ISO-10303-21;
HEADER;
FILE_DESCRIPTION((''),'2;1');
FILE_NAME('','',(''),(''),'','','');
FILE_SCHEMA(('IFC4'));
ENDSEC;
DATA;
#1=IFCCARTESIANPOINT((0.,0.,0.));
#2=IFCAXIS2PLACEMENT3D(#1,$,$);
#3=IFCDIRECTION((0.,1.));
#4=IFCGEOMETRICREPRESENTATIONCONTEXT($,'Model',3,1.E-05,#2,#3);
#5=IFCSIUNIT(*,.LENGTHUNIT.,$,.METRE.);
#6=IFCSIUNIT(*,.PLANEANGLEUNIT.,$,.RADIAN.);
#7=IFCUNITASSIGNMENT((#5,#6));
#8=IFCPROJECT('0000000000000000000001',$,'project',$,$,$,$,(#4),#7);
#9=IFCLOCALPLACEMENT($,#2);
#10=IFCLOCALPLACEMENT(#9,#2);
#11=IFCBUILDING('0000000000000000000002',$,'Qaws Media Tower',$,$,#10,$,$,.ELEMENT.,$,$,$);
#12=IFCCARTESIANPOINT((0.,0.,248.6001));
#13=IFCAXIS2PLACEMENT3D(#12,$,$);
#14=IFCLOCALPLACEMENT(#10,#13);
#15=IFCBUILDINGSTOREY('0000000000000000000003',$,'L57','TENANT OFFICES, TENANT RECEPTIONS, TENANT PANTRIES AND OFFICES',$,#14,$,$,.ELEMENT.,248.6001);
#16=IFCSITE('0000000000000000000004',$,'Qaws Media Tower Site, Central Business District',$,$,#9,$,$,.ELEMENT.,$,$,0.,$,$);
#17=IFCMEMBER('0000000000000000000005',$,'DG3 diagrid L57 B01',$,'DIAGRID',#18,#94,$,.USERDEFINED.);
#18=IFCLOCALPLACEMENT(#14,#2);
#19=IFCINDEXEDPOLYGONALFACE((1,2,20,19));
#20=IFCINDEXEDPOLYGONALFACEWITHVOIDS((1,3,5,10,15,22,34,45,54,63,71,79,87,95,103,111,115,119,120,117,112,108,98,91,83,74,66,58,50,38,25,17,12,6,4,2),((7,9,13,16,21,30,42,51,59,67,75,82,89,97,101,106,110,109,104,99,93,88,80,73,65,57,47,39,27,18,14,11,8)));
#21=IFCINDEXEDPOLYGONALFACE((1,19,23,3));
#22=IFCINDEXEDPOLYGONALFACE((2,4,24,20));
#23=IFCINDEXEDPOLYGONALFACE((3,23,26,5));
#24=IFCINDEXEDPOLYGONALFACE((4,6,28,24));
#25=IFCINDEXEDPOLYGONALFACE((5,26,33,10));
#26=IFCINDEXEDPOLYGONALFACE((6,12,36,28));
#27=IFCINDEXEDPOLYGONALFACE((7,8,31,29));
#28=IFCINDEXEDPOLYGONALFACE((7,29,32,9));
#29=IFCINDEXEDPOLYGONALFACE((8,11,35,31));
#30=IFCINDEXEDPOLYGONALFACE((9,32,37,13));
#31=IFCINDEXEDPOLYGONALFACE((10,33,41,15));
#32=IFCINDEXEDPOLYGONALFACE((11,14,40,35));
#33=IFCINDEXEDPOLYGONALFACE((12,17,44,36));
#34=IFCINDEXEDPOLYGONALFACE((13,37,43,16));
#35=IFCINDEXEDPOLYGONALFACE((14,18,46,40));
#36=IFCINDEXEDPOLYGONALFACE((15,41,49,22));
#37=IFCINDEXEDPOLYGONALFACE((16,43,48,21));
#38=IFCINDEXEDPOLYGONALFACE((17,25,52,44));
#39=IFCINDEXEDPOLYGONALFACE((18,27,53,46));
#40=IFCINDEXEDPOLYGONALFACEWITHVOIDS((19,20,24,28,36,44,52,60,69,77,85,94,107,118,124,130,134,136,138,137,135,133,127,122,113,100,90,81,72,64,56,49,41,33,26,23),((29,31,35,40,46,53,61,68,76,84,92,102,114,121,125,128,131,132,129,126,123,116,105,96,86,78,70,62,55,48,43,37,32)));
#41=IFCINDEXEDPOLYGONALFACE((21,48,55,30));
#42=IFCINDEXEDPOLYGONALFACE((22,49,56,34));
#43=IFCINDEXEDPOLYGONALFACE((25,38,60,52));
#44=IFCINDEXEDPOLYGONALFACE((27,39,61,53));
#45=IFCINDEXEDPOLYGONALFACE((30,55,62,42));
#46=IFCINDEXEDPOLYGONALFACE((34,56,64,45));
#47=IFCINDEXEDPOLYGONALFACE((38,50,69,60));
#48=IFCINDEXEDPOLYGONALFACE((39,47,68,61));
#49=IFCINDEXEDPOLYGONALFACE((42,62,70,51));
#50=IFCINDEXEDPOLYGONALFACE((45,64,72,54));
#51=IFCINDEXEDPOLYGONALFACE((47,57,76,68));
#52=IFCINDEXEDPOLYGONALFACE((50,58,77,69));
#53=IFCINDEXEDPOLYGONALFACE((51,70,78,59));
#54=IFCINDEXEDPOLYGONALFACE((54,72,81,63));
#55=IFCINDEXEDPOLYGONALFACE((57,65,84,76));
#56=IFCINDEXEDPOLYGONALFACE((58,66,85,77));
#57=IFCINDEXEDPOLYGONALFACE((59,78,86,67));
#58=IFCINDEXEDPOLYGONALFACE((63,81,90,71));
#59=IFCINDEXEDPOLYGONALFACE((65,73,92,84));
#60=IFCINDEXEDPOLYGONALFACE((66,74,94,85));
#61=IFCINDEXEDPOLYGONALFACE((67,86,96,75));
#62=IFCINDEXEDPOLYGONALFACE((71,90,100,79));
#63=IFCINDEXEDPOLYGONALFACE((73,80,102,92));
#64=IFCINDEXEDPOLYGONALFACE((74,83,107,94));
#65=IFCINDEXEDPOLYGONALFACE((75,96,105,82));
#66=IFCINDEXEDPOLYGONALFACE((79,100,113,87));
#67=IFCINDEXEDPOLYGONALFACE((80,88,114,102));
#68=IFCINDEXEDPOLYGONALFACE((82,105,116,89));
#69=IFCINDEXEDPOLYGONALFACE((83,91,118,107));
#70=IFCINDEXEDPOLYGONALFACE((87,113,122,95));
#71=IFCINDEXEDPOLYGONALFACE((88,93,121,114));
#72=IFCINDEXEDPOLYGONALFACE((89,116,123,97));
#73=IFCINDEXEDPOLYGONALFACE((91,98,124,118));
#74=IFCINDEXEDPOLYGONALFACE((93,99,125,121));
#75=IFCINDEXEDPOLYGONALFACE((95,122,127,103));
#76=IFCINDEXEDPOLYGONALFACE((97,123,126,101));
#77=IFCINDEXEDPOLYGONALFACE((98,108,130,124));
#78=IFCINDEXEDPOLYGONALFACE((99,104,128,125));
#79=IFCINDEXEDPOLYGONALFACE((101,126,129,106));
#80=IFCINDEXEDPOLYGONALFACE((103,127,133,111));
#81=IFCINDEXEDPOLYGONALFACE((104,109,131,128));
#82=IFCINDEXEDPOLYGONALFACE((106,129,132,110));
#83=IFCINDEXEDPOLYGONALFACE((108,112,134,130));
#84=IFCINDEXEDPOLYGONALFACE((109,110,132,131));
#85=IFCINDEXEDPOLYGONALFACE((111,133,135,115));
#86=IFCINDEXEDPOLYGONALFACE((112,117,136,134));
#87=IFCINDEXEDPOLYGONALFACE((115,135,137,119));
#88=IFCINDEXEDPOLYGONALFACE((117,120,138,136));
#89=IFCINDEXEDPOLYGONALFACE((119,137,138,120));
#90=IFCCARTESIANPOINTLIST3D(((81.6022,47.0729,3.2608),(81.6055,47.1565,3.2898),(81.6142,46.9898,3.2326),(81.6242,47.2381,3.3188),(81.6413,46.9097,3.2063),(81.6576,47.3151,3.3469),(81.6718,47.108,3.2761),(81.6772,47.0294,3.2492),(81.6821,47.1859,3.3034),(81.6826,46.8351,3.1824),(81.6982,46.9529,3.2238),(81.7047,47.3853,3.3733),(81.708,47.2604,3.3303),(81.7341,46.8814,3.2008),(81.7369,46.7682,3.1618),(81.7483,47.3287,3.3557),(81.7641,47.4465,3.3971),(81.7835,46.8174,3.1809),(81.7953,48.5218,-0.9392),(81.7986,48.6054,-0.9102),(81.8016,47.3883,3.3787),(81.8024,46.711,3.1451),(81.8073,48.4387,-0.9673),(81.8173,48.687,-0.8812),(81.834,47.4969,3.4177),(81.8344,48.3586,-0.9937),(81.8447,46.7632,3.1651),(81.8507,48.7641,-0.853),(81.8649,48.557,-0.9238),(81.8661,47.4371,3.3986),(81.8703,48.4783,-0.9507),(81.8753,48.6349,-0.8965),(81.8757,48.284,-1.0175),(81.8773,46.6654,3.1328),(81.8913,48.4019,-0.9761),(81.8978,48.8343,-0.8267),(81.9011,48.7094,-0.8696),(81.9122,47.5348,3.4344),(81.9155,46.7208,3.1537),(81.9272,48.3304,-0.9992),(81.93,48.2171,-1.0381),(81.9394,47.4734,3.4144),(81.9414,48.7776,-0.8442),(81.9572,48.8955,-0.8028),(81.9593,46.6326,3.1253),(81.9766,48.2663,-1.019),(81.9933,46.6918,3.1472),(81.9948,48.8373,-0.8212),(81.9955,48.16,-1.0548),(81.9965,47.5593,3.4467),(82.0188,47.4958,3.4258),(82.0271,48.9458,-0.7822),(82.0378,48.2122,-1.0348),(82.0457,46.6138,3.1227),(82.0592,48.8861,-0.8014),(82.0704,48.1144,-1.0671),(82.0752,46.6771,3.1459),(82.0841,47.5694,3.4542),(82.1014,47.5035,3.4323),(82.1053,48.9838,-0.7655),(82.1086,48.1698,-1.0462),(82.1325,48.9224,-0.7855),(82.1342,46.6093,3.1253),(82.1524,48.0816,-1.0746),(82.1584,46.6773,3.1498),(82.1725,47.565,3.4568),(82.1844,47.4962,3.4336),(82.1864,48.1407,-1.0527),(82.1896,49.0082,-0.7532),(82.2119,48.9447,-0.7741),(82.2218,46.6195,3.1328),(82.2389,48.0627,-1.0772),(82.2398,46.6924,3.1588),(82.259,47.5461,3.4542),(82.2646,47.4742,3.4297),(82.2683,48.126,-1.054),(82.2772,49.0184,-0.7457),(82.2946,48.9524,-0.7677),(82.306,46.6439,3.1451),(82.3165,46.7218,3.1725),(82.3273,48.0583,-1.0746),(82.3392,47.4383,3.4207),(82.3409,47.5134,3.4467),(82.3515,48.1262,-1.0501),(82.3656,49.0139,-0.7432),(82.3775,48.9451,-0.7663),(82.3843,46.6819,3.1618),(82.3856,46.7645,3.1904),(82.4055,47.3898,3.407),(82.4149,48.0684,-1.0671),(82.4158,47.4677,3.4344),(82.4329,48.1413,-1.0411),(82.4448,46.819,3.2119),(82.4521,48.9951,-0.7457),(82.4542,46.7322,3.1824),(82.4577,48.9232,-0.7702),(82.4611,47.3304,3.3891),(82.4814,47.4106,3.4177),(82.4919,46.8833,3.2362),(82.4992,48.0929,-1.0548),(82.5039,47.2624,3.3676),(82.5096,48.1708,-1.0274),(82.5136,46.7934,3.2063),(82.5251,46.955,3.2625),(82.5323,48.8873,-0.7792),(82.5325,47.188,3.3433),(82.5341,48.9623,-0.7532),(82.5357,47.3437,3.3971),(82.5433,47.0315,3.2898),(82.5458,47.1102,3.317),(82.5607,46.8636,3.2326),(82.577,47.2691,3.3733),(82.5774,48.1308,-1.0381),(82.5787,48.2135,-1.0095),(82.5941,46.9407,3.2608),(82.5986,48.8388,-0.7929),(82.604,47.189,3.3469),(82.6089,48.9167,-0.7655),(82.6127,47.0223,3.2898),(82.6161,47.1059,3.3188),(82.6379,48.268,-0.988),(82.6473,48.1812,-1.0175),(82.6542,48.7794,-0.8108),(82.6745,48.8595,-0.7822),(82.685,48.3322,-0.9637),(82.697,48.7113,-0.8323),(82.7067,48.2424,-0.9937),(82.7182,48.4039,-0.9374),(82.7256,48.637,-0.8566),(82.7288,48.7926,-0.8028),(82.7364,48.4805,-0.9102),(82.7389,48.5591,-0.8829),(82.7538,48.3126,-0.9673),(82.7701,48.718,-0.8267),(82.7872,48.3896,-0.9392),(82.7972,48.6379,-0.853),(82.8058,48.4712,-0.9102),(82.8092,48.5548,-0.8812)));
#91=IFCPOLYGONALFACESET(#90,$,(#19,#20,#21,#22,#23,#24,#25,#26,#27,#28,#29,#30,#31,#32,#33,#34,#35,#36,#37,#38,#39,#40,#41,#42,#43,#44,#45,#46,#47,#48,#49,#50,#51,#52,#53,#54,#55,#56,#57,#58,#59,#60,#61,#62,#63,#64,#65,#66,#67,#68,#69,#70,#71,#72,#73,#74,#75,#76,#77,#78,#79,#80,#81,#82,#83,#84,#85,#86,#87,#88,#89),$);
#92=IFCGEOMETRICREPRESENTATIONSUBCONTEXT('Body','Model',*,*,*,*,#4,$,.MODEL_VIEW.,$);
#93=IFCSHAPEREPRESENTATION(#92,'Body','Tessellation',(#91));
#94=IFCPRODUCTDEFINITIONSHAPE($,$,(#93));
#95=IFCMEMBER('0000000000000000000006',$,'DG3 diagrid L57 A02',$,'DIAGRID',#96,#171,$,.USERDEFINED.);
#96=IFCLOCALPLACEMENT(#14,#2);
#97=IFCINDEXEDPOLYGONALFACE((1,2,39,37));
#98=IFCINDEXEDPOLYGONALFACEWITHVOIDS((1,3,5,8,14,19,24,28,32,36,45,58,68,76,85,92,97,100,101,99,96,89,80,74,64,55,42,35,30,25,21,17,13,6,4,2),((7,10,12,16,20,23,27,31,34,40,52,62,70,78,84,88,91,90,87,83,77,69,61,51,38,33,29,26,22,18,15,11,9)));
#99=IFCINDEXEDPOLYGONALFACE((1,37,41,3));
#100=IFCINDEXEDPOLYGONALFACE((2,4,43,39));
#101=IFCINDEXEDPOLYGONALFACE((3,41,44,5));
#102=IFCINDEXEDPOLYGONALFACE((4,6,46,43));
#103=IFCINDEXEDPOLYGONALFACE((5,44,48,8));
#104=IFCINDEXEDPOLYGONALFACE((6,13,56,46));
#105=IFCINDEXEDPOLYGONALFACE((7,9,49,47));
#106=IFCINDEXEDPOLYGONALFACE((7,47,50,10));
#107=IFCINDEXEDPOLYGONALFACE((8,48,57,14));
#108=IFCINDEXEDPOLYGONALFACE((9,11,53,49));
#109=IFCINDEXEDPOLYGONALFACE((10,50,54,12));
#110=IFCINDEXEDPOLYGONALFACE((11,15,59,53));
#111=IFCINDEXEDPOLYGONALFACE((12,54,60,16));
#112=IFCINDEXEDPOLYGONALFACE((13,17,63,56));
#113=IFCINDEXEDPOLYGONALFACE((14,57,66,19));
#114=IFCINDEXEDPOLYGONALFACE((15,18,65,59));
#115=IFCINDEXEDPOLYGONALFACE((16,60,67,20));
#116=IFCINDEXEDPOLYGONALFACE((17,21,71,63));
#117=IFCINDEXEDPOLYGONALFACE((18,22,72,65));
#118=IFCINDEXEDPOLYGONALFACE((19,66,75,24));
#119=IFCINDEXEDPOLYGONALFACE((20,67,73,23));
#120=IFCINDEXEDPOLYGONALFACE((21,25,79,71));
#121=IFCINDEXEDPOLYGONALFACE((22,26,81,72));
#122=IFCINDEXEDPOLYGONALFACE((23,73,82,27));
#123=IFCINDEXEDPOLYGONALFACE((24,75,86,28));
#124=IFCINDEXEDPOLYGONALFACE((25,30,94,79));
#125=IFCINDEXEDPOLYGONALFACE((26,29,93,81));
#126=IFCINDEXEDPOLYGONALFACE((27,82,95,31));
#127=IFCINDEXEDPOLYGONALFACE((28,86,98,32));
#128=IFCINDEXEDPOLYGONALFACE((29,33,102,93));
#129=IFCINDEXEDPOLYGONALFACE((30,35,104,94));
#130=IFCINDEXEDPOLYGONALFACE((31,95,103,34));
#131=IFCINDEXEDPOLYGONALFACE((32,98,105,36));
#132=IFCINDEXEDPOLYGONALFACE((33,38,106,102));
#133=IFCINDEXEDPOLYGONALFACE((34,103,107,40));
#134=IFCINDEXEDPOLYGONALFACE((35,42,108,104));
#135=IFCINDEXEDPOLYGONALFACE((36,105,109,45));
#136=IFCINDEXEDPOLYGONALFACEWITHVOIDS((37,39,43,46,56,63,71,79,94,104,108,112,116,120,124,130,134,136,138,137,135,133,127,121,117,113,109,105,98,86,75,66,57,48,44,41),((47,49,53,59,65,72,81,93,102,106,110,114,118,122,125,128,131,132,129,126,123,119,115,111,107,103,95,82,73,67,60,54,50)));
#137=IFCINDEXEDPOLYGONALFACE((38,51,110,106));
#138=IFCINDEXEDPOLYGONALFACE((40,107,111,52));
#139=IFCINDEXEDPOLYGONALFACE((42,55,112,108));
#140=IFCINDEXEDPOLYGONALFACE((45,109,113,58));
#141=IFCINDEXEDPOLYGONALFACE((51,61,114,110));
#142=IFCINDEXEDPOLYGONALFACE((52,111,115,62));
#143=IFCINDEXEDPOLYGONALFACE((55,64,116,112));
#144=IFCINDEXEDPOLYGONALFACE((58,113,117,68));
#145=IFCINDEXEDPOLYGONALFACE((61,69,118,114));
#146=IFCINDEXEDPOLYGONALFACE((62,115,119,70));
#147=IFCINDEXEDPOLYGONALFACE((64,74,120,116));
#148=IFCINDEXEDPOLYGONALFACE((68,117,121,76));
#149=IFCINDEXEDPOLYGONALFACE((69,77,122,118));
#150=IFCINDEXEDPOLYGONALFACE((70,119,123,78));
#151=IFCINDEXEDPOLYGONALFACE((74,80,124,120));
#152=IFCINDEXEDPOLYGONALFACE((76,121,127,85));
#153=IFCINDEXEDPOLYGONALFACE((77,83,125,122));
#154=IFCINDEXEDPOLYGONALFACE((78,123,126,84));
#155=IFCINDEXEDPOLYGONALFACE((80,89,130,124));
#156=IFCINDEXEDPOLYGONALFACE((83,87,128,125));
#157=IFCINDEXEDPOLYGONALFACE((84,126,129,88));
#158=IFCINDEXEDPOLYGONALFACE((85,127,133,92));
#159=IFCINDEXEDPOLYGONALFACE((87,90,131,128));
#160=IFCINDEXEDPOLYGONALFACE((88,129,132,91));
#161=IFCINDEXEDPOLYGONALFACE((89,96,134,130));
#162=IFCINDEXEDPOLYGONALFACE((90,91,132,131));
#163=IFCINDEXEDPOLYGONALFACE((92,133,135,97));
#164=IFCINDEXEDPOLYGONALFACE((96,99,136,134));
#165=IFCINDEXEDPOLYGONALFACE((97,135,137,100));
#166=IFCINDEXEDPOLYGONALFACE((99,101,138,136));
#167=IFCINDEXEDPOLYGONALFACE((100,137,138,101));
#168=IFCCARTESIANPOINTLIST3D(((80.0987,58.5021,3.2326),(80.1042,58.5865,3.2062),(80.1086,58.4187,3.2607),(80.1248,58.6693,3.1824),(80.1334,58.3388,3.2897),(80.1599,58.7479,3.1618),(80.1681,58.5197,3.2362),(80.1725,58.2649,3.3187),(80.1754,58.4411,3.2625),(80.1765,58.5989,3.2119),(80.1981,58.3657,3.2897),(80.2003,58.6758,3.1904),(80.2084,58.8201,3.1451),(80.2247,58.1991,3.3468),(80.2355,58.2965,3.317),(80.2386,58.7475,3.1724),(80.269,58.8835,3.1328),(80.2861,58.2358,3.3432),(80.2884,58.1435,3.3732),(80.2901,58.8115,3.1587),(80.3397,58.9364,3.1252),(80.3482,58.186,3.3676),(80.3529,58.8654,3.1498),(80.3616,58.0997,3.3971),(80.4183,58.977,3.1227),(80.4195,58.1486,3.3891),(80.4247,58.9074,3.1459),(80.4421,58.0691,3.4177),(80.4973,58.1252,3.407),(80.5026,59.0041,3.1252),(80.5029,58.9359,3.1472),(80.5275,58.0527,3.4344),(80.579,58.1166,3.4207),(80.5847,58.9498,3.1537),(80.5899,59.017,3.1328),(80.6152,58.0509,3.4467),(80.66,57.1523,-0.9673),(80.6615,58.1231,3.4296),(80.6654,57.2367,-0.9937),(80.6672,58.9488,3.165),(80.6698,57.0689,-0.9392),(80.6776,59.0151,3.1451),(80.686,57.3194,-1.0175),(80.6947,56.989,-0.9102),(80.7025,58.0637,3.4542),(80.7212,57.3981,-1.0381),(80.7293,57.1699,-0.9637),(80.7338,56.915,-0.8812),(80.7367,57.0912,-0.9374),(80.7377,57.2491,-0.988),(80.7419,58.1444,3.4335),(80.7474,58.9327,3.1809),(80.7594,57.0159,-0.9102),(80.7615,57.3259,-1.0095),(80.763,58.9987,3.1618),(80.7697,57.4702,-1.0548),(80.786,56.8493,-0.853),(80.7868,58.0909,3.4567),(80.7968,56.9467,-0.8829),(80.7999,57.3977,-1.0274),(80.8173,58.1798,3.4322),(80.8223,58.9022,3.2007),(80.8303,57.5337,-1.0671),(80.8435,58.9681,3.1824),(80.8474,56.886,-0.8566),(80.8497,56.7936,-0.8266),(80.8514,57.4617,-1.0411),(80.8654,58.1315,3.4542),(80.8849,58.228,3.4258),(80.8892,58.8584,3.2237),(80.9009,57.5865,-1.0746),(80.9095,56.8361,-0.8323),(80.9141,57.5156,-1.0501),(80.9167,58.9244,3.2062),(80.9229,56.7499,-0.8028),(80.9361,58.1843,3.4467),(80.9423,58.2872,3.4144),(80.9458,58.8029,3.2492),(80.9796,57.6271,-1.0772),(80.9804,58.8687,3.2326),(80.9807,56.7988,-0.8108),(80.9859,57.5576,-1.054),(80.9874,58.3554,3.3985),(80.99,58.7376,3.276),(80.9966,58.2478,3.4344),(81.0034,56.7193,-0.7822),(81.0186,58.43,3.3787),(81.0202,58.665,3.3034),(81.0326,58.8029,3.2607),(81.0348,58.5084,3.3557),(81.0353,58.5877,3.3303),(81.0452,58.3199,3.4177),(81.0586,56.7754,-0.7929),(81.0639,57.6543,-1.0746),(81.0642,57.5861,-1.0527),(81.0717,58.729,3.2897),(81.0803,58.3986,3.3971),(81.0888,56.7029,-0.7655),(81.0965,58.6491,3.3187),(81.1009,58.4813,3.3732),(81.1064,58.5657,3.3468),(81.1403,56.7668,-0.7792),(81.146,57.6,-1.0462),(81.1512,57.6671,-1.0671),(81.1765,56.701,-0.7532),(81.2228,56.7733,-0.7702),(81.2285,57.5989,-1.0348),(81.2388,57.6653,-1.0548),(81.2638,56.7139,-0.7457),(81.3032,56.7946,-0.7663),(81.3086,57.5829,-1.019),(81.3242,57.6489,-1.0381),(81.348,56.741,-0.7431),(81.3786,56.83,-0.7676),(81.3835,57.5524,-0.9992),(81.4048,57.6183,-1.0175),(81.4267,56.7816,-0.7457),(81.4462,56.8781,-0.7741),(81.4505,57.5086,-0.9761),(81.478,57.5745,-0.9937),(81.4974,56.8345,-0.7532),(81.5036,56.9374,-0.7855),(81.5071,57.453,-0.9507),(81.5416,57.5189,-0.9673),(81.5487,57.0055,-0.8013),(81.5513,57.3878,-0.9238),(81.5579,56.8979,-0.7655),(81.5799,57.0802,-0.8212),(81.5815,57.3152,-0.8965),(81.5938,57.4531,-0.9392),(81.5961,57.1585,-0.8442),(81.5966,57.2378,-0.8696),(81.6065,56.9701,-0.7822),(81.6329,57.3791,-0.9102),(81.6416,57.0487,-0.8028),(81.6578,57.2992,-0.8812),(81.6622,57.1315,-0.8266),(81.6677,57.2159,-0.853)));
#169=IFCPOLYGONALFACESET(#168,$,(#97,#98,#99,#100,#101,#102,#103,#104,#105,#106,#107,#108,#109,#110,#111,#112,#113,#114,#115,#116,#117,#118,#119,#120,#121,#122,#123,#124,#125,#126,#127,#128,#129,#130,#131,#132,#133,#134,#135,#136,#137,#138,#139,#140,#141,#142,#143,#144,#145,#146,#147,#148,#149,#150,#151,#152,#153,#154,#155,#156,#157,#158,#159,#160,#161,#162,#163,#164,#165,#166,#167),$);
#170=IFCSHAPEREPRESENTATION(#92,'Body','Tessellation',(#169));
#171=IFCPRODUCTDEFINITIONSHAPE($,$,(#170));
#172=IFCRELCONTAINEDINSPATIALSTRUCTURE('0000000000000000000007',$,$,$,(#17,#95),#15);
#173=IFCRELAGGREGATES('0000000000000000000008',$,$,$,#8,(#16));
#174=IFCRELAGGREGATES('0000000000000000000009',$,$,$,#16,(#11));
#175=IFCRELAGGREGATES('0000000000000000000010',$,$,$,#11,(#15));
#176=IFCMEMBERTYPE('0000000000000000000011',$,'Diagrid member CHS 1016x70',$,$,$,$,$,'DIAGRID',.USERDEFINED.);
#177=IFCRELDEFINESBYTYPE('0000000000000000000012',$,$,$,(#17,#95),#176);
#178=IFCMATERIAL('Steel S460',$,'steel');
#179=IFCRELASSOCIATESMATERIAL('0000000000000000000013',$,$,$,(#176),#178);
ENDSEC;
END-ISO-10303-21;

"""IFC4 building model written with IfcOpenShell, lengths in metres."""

from ifc_helpers import new_model, si_unit, direction, frame, origin, origin_2d, place, context, subcontext, project, spatial, hollow_circle, extrude, material, material_profile, profile_set, type_object, element, save


model = new_model("IFC4")

# Units and contexts
model_context = context("Model", 3, precision=1e-05, world=origin(), true_north=direction((0.0, 1.0)))
body_context = subcontext(model_context, "Body", "Model", "MODEL_VIEW")
ifc_project = project(units=[si_unit("LENGTHUNIT", "METRE"), si_unit("PLANEANGLEUNIT", "RADIAN")], contexts=[model_context])

# Site, building, storey
site_placement = place(None, origin())
site = spatial("IfcSite", under=ifc_project, at=site_placement, Name="Qaws Media Tower Site, Central Business District", CompositionType="ELEMENT", RefElevation=0.0)
building_placement = place(site_placement, origin())
building = spatial("IfcBuilding", under=site, at=building_placement, Name="Qaws Media Tower", CompositionType="ELEMENT")
storey_placement = place(building_placement, frame((0.0, 0.0, 248.6001)))
storey = spatial("IfcBuildingStorey", under=building, at=storey_placement, Name="L57", Description="TENANT OFFICES, TENANT RECEPTIONS, TENANT PANTRIES AND OFFICES", CompositionType="ELEMENT", Elevation=248.6001)

# Members
ifc_material_1 = material(Name="Steel S460", Category="steel")
ifc_material_profile_1 = material_profile(ifc_material_1, hollow_circle(Radius=0.5081, WallThickness=0.0701, at=origin_2d()), Name="CHS 1016x70")
ifc_profile_set_1 = profile_set([ifc_material_profile_1], Name="Steel S460")
member_type_1 = type_object("IfcMemberType", Name="Diagrid member CHS 1016x70", ElementType="DIAGRID", PredefinedType="USERDEFINED", material=ifc_profile_set_1)
for number, where, z_axis, x_axis, name in (
    (1, (82.3022, 48.5383, -0.9102), (-0.043425, -0.325827, 0.944432), (0.991235, -0.132109, 0.0), "DG3 diagrid L57 B01"),
    (2, (81.1638, 57.1841, -0.9102), (-0.126212, 0.303535, 0.944424), (-0.923358, -0.383939, 0.0), "DG3 diagrid L57 A02"),
):
    element("IfcMember", number, at=place(storey_placement, frame(where, z_axis=z_axis, x_axis=x_axis)), inside=storey, type_object=member_type_1, Name=name, ObjectType="DIAGRID", PredefinedType="USERDEFINED", context=body_context, shape_type="SweptSolid", body=[
        extrude(hollow_circle(Radius=0.5081, WallThickness=0.0701, at=origin_2d()), origin(), (0.0, 0.0, 1.0), 4.447),
    ])

save(model, "model.ifc")
